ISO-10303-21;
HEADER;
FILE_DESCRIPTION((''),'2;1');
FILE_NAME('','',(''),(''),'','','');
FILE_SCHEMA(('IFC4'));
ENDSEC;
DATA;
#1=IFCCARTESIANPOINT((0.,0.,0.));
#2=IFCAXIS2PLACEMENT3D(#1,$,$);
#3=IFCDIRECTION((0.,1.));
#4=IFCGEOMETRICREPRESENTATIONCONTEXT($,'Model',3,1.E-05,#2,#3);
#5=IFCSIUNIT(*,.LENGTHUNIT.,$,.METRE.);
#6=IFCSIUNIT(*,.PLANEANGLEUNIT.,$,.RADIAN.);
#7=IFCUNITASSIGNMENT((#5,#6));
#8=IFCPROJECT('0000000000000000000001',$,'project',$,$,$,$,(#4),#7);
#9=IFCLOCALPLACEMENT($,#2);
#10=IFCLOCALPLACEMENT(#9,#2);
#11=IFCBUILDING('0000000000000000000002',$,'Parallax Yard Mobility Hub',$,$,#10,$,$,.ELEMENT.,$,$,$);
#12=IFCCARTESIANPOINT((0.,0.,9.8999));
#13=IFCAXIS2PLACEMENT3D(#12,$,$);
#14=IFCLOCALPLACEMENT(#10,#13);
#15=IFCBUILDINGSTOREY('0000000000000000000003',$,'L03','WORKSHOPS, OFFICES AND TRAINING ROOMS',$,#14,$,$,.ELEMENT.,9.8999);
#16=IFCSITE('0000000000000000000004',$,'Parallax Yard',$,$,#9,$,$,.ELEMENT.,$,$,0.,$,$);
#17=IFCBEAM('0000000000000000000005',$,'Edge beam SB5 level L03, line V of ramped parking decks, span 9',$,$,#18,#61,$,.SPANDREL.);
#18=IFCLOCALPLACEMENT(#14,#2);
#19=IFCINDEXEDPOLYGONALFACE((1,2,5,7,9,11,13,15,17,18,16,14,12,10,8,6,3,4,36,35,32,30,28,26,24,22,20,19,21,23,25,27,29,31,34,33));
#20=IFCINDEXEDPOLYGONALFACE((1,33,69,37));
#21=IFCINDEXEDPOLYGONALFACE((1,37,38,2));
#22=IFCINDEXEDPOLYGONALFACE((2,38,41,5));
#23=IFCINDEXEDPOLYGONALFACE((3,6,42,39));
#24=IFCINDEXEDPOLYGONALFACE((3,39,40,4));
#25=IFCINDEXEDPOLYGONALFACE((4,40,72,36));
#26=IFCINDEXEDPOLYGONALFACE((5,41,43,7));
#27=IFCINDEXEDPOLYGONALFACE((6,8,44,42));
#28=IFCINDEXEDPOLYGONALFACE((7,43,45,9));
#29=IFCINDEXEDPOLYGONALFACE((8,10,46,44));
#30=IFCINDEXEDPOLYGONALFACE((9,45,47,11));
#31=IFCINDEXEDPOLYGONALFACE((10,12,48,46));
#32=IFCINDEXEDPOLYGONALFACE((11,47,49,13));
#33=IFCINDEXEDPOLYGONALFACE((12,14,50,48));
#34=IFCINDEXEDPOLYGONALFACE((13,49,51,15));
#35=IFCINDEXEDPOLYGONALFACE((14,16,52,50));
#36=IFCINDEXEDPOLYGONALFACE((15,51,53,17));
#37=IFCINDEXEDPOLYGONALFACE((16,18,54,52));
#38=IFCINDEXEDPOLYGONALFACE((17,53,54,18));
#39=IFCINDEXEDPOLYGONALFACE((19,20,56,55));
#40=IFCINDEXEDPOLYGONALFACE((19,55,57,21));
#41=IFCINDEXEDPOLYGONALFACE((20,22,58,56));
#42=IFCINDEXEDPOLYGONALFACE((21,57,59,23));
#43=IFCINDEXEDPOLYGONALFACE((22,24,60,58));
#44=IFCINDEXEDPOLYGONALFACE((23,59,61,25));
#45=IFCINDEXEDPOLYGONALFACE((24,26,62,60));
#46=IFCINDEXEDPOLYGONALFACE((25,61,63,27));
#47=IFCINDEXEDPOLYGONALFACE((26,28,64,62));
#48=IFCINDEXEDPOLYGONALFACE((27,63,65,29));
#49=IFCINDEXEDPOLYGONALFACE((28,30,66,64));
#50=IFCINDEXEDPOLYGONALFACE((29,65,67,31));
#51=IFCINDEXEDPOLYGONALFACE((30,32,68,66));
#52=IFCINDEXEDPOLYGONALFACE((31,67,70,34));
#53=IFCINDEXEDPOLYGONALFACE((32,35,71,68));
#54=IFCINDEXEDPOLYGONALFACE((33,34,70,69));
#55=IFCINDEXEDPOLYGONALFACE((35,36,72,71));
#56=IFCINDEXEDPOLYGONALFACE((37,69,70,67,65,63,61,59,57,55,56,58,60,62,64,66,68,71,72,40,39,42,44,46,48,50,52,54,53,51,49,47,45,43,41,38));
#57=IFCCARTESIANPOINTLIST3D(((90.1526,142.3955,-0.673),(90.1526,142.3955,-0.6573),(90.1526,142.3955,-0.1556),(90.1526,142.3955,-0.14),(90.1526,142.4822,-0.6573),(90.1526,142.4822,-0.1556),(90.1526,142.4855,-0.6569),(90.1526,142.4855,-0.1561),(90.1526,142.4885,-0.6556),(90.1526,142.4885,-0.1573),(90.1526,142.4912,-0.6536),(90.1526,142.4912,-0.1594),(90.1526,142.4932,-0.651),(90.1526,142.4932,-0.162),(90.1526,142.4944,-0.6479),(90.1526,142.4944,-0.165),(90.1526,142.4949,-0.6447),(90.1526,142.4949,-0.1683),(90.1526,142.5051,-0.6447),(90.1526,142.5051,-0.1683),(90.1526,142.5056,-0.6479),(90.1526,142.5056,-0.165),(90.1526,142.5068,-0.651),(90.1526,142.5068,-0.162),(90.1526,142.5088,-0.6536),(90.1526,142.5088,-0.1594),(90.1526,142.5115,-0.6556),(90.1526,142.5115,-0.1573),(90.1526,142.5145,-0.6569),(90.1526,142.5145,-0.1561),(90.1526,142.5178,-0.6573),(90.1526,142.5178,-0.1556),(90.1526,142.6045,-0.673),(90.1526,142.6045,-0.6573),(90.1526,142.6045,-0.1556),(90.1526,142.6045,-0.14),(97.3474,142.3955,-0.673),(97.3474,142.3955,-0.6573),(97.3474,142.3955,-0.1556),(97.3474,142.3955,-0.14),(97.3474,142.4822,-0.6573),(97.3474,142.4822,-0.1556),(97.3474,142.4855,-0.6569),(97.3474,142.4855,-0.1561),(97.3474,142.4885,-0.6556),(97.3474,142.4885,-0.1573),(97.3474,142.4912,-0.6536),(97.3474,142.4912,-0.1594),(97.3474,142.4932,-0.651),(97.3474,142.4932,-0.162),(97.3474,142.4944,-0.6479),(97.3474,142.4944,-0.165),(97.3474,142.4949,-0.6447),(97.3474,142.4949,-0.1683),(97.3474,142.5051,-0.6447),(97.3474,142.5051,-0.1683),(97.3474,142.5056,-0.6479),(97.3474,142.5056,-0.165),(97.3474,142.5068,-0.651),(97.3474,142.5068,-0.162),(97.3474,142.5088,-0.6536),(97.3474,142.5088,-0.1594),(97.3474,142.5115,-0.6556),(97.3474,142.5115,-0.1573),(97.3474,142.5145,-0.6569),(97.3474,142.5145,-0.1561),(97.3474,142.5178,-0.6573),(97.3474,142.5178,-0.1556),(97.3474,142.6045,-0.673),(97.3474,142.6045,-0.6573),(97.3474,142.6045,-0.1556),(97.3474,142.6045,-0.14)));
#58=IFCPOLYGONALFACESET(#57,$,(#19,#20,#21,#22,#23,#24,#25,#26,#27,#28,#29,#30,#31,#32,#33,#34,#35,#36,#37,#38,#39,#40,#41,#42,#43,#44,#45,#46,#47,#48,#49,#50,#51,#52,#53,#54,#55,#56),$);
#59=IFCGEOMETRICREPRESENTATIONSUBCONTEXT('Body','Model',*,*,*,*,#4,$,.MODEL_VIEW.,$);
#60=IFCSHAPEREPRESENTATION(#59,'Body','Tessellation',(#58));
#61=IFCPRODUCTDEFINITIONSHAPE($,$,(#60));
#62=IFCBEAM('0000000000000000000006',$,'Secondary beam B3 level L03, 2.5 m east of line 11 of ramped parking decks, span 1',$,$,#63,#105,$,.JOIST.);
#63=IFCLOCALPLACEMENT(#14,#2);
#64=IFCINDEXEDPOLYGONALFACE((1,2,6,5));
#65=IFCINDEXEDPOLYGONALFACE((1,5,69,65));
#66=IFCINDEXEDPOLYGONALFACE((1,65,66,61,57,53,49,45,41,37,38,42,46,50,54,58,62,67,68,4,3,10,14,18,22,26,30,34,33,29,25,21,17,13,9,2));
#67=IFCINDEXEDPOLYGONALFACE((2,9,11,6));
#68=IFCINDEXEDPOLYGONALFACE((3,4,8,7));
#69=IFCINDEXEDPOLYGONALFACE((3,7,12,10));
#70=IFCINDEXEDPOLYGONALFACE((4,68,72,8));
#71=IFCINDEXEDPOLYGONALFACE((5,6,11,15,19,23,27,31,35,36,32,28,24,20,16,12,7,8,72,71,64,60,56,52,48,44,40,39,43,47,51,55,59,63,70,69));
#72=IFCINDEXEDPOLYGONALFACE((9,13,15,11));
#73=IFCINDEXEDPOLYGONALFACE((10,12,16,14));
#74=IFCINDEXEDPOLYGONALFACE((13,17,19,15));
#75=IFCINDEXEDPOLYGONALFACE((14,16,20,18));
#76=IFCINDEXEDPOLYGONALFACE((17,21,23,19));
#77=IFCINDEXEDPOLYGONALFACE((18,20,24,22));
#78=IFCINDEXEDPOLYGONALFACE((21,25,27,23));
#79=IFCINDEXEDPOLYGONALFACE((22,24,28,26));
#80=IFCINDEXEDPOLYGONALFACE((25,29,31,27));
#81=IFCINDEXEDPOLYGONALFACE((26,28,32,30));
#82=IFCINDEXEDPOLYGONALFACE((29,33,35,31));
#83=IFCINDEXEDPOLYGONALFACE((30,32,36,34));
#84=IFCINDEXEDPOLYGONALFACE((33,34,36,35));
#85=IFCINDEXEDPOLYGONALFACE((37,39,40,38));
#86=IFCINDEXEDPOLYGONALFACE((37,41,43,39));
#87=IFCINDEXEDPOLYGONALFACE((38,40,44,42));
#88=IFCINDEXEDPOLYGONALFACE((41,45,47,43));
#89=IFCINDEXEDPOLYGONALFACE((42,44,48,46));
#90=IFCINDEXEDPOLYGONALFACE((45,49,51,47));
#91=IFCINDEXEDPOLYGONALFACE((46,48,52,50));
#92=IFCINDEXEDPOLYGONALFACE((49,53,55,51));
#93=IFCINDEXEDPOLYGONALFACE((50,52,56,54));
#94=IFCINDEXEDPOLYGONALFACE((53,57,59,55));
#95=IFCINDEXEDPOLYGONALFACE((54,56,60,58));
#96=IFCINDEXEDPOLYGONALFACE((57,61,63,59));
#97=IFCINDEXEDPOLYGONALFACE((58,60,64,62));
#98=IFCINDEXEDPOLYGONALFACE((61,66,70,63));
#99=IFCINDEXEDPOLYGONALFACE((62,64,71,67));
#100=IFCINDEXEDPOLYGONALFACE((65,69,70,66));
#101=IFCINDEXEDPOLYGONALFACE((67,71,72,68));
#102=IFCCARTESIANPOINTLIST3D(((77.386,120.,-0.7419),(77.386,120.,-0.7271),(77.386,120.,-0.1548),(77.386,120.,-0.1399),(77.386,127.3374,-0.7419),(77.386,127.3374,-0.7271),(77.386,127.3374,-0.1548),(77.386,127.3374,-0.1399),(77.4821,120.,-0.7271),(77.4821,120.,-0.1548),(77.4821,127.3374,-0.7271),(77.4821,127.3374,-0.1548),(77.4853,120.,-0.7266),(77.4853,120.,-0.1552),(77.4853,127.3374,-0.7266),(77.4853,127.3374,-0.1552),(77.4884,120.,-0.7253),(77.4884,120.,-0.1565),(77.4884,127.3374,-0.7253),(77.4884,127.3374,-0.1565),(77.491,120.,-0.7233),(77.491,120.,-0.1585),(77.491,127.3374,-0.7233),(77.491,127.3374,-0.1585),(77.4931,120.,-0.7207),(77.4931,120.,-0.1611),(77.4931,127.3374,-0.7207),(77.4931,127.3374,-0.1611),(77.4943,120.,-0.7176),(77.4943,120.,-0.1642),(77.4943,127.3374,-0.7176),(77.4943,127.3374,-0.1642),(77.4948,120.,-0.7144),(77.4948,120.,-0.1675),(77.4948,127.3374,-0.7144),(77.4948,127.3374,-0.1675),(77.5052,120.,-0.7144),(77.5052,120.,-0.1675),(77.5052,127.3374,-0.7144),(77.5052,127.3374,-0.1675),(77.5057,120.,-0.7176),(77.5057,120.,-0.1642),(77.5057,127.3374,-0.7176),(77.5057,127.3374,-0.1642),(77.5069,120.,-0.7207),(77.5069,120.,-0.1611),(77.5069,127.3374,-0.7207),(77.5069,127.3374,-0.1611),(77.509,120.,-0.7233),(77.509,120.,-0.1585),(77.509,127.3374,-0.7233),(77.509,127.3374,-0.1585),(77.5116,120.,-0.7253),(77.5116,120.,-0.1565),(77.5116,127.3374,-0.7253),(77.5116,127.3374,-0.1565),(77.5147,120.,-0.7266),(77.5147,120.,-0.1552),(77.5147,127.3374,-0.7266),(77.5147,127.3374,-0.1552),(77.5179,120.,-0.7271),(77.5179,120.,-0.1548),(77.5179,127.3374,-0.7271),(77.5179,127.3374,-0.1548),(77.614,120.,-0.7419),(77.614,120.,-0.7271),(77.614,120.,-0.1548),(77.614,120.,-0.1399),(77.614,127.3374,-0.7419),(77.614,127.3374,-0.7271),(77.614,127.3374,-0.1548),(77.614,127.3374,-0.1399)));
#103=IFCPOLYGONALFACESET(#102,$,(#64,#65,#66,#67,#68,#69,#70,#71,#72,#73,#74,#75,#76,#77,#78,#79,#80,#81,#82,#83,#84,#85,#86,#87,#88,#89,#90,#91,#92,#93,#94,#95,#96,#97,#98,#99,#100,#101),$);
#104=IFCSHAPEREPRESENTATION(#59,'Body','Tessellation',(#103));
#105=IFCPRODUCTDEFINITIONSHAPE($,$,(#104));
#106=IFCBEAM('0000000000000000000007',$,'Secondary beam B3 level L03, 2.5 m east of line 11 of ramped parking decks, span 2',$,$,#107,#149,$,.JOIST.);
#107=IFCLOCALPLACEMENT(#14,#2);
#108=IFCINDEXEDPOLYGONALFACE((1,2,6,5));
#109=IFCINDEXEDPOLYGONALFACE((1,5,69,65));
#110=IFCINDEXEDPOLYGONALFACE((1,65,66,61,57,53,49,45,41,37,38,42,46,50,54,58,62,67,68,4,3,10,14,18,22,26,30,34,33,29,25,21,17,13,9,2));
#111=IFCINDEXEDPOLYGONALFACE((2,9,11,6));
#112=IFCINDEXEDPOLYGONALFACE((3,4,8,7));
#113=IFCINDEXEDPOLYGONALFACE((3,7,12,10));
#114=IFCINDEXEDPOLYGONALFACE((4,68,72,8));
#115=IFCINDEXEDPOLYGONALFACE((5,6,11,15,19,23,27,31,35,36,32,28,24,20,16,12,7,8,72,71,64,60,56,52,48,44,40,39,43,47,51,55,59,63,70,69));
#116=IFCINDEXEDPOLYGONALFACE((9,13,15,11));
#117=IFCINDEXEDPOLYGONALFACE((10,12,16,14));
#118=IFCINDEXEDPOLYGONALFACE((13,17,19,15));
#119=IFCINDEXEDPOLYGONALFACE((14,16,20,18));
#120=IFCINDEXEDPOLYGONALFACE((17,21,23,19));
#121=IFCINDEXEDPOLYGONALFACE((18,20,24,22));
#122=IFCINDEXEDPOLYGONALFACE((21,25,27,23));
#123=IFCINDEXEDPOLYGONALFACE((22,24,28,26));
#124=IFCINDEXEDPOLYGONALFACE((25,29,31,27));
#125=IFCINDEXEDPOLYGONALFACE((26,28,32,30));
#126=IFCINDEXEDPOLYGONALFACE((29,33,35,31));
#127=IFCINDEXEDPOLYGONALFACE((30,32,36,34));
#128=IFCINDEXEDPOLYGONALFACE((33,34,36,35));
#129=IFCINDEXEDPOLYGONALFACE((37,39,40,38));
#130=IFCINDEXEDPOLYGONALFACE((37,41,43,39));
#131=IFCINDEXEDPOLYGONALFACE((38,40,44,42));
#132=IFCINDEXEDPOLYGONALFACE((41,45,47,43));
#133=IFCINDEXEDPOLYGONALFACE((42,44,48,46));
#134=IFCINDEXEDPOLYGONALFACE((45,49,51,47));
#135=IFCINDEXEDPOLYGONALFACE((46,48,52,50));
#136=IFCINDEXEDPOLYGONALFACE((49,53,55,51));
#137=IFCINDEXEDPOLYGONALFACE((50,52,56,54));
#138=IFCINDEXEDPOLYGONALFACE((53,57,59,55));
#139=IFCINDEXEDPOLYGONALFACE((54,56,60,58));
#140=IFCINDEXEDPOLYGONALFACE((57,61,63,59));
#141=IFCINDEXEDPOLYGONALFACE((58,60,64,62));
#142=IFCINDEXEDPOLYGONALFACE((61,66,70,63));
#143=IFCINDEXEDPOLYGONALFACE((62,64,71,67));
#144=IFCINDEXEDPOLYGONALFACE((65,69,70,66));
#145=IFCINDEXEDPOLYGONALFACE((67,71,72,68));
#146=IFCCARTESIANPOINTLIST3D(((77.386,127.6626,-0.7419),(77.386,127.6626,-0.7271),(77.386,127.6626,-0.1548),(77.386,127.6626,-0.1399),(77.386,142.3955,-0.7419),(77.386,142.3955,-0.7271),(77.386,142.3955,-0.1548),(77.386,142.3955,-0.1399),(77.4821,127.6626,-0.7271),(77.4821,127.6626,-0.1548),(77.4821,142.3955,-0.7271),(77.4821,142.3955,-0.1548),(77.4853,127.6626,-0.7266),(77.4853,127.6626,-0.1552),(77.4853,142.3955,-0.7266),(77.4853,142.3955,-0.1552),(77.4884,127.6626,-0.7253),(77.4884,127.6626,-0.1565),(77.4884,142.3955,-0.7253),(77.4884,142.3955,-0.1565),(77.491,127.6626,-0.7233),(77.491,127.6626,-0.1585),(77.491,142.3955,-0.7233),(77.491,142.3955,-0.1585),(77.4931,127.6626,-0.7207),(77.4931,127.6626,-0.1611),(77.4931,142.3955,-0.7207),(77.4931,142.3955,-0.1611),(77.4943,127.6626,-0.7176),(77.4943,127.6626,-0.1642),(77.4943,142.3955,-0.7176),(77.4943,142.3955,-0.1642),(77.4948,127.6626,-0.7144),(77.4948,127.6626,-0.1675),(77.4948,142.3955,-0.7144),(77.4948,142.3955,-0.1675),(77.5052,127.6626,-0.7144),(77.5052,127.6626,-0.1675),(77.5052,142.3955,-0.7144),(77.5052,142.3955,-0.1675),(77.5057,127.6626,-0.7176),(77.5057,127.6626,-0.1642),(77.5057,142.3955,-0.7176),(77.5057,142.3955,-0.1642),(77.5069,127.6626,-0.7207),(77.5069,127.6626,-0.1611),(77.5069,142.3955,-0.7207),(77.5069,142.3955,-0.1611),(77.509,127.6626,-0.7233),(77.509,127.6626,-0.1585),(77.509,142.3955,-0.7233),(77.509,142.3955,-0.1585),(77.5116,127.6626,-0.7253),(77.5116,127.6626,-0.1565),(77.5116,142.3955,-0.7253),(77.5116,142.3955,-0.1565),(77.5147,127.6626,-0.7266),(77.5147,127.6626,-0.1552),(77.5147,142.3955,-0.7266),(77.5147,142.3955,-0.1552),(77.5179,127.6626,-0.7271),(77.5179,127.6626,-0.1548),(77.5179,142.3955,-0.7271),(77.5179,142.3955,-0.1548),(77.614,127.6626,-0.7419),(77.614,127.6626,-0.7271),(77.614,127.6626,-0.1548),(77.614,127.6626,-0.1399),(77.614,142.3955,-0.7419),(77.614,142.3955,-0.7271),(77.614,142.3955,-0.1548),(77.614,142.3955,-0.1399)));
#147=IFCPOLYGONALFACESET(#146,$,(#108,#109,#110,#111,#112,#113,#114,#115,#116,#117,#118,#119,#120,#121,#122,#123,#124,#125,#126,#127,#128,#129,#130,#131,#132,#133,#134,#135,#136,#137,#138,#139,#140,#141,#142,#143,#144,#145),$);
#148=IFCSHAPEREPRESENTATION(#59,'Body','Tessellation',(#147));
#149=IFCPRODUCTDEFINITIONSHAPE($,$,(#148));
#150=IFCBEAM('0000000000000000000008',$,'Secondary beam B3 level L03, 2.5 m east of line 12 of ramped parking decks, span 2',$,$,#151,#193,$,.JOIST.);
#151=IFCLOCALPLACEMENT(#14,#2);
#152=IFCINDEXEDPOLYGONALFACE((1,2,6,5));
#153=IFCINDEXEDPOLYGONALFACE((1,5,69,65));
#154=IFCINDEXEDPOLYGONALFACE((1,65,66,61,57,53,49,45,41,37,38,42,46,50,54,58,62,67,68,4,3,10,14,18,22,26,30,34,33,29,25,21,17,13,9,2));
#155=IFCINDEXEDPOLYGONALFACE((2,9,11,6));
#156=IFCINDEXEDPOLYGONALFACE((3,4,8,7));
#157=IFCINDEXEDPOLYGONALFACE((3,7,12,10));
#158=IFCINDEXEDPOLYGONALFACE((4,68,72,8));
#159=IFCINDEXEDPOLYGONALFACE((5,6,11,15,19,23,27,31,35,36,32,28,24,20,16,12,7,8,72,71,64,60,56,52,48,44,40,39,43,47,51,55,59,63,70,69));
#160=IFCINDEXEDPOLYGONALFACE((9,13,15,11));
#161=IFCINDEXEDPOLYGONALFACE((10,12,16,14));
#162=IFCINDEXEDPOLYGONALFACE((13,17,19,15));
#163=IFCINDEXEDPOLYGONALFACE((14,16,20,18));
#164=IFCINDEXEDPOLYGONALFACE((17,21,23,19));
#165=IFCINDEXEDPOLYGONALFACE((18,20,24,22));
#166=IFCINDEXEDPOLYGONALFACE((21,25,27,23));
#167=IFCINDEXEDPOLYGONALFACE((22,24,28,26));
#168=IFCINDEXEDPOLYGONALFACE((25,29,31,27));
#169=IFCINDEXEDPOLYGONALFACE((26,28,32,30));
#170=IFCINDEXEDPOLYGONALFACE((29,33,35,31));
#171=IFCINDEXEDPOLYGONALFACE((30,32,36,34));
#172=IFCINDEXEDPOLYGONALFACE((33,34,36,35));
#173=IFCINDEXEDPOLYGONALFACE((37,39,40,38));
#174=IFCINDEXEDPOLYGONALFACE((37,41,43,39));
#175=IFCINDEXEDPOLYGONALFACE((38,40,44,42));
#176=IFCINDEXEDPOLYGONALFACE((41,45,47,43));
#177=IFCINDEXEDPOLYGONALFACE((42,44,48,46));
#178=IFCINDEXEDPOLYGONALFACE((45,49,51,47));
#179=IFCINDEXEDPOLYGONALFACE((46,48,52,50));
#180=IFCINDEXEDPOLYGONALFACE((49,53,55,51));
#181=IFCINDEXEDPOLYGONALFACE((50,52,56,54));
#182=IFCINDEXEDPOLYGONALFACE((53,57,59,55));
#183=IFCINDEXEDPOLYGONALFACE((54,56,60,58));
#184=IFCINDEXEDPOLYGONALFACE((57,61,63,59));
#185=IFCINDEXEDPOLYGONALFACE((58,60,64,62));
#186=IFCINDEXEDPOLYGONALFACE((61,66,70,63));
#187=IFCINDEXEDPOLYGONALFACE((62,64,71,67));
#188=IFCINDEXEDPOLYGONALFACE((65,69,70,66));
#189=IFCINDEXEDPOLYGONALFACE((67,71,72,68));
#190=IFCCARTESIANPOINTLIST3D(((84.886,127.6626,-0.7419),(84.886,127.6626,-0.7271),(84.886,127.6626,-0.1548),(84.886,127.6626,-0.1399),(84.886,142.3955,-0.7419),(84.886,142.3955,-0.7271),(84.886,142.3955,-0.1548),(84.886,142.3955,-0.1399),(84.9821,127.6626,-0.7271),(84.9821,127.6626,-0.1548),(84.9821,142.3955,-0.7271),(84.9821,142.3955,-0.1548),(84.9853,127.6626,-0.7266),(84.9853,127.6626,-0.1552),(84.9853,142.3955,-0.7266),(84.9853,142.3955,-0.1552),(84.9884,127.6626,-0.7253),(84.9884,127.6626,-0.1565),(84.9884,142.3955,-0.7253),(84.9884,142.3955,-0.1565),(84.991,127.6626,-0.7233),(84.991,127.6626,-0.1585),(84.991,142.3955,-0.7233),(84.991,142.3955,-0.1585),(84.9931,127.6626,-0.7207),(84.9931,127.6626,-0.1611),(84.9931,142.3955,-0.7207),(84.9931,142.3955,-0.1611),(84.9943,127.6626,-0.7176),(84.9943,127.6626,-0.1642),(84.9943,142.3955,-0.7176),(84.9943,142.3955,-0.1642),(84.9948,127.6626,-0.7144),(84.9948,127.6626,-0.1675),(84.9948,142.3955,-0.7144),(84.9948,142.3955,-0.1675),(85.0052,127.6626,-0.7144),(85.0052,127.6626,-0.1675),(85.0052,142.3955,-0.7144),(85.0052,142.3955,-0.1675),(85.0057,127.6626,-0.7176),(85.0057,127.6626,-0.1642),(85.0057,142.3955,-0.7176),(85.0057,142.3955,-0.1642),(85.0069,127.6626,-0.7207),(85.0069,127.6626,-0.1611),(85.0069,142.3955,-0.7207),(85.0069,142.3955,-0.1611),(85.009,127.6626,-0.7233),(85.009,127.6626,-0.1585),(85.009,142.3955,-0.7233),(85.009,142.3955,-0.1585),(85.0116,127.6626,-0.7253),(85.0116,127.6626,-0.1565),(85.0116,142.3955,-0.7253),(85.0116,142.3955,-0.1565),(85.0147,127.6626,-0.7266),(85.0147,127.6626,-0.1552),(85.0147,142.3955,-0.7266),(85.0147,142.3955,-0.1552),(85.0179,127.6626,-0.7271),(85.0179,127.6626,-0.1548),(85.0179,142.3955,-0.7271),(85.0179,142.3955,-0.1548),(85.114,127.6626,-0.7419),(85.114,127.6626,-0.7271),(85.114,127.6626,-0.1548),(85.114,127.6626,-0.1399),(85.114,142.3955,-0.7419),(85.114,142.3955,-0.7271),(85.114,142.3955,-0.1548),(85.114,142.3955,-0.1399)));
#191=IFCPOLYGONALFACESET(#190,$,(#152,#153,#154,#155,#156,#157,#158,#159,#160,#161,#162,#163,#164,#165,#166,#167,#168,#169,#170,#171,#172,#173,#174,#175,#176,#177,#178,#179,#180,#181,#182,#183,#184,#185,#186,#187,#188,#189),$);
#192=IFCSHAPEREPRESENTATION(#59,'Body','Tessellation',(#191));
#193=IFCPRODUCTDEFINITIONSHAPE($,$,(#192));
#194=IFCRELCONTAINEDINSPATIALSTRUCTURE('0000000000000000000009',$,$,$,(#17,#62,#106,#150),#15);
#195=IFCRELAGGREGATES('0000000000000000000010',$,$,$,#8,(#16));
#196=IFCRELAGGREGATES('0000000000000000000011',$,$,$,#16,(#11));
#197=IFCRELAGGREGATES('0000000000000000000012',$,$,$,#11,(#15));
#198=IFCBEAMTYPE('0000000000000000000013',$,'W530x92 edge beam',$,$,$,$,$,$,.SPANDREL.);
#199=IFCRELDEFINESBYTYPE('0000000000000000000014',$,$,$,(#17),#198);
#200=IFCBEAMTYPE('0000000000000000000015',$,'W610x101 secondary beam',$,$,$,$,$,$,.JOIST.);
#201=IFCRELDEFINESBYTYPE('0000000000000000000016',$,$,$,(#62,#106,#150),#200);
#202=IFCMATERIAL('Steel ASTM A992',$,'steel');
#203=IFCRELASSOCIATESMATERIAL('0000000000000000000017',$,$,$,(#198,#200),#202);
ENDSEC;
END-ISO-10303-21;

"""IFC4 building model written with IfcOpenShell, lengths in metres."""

from ifc_helpers import new_model, si_unit, direction, frame, origin, origin_2d, place, context, subcontext, project, spatial, i_section, extrude, material, material_profile, profile_set, type_object, element, save


model = new_model("IFC4")

# Units and contexts
model_context = context("Model", 3, precision=1e-05, world=origin(), true_north=direction((0.0, 1.0)))
body_context = subcontext(model_context, "Body", "Model", "MODEL_VIEW")
ifc_project = project(units=[si_unit("LENGTHUNIT", "METRE"), si_unit("PLANEANGLEUNIT", "RADIAN")], contexts=[model_context])

# Site, building, storey
site_placement = place(None, origin())
site = spatial("IfcSite", under=ifc_project, at=site_placement, Name="Parallax Yard", CompositionType="ELEMENT", RefElevation=0.0)
building_placement = place(site_placement, origin())
building = spatial("IfcBuilding", under=site, at=building_placement, Name="Parallax Yard Mobility Hub", CompositionType="ELEMENT")
storey_placement = place(building_placement, frame((0.0, 0.0, 9.8999)))
storey = spatial("IfcBuildingStorey", under=building, at=storey_placement, Name="L03", Description="WORKSHOPS, OFFICES AND TRAINING ROOMS", CompositionType="ELEMENT", Elevation=9.8999)

# Shared definitions
ifc_material_1 = material(Name="Steel ASTM A992", Category="steel")

# Beams
ifc_material_profile_1 = material_profile(ifc_material_1, i_section(OverallWidth=0.209, OverallDepth=0.533, WebThickness=0.0103, FlangeThickness=0.0156, FilletRadius=0.0127, at=origin_2d()), Name="W530x92")
ifc_profile_set_1 = profile_set([ifc_material_profile_1], Name="Steel ASTM A992")
beam_type_1 = type_object("IfcBeamType", Name="W530x92 edge beam", PredefinedType="SPANDREL", material=ifc_profile_set_1)
for number, where, z_axis, x_axis, name in (
    (1, (90.1526, 142.5, -0.4065), (1.0, 0.0, 0.0), (0.0, 1.0, 0.0), "Edge beam SB5 level L03, line V of ramped parking decks, span 9"),
):
    element("IfcBeam", number, at=place(storey_placement, frame(where, z_axis=z_axis, x_axis=x_axis)), inside=storey, type_object=beam_type_1, Name=name, PredefinedType="SPANDREL", context=body_context, shape_type="SweptSolid", body=[
        extrude(i_section(OverallWidth=0.209, OverallDepth=0.533, WebThickness=0.0103, FlangeThickness=0.0156, FilletRadius=0.0127, at=origin_2d()), origin(), (0.0, 0.0, 1.0), 7.1948),
    ])
ifc_material_profile_2 = material_profile(ifc_material_1, i_section(OverallWidth=0.228, OverallDepth=0.6021, WebThickness=0.0105, FlangeThickness=0.0149, FilletRadius=0.0127, at=origin_2d()), Name="W610x101")
ifc_profile_set_2 = profile_set([ifc_material_profile_2], Name="Steel ASTM A992")
beam_type_2 = type_object("IfcBeamType", Name="W610x101 secondary beam", PredefinedType="JOIST", material=ifc_profile_set_2)
beam_1_placement = place(storey_placement, frame((77.5, 120.0, -0.4409), z_axis=(0.0, 1.0, 0.0), x_axis=(-1.0, 0.0, 0.0)))
element("IfcBeam", 2, at=beam_1_placement, inside=storey, type_object=beam_type_2, Name="Secondary beam B3 level L03, 2.5 m east of line 11 of ramped parking decks, span 1", PredefinedType="JOIST", context=body_context, shape_type="SweptSolid", body=[
    extrude(i_section(OverallWidth=0.228, OverallDepth=0.6021, WebThickness=0.0105, FlangeThickness=0.0149, FilletRadius=0.0127, at=origin_2d()), origin(), (0.0, 0.0, 1.0), 7.3374),
])
for number, where, z_axis, x_axis, name in (
    (3, (77.5, 127.6626, -0.4409), (0.0, 1.0, 0.0), (-1.0, 0.0, 0.0), "Secondary beam B3 level L03, 2.5 m east of line 11 of ramped parking decks, span 2"),
    (4, (85.0, 127.6626, -0.4409), (0.0, 1.0, 0.0), (-1.0, 0.0, 0.0), "Secondary beam B3 level L03, 2.5 m east of line 12 of ramped parking decks, span 2"),
):
    element("IfcBeam", number, at=place(storey_placement, frame(where, z_axis=z_axis, x_axis=x_axis)), inside=storey, type_object=beam_type_2, Name=name, PredefinedType="JOIST", context=body_context, shape_type="SweptSolid", body=[
        extrude(i_section(OverallWidth=0.228, OverallDepth=0.6021, WebThickness=0.0105, FlangeThickness=0.0149, FilletRadius=0.0127, at=origin_2d()), origin(), (0.0, 0.0, 1.0), 14.7329),
    ])

save(model, "model.ifc")
